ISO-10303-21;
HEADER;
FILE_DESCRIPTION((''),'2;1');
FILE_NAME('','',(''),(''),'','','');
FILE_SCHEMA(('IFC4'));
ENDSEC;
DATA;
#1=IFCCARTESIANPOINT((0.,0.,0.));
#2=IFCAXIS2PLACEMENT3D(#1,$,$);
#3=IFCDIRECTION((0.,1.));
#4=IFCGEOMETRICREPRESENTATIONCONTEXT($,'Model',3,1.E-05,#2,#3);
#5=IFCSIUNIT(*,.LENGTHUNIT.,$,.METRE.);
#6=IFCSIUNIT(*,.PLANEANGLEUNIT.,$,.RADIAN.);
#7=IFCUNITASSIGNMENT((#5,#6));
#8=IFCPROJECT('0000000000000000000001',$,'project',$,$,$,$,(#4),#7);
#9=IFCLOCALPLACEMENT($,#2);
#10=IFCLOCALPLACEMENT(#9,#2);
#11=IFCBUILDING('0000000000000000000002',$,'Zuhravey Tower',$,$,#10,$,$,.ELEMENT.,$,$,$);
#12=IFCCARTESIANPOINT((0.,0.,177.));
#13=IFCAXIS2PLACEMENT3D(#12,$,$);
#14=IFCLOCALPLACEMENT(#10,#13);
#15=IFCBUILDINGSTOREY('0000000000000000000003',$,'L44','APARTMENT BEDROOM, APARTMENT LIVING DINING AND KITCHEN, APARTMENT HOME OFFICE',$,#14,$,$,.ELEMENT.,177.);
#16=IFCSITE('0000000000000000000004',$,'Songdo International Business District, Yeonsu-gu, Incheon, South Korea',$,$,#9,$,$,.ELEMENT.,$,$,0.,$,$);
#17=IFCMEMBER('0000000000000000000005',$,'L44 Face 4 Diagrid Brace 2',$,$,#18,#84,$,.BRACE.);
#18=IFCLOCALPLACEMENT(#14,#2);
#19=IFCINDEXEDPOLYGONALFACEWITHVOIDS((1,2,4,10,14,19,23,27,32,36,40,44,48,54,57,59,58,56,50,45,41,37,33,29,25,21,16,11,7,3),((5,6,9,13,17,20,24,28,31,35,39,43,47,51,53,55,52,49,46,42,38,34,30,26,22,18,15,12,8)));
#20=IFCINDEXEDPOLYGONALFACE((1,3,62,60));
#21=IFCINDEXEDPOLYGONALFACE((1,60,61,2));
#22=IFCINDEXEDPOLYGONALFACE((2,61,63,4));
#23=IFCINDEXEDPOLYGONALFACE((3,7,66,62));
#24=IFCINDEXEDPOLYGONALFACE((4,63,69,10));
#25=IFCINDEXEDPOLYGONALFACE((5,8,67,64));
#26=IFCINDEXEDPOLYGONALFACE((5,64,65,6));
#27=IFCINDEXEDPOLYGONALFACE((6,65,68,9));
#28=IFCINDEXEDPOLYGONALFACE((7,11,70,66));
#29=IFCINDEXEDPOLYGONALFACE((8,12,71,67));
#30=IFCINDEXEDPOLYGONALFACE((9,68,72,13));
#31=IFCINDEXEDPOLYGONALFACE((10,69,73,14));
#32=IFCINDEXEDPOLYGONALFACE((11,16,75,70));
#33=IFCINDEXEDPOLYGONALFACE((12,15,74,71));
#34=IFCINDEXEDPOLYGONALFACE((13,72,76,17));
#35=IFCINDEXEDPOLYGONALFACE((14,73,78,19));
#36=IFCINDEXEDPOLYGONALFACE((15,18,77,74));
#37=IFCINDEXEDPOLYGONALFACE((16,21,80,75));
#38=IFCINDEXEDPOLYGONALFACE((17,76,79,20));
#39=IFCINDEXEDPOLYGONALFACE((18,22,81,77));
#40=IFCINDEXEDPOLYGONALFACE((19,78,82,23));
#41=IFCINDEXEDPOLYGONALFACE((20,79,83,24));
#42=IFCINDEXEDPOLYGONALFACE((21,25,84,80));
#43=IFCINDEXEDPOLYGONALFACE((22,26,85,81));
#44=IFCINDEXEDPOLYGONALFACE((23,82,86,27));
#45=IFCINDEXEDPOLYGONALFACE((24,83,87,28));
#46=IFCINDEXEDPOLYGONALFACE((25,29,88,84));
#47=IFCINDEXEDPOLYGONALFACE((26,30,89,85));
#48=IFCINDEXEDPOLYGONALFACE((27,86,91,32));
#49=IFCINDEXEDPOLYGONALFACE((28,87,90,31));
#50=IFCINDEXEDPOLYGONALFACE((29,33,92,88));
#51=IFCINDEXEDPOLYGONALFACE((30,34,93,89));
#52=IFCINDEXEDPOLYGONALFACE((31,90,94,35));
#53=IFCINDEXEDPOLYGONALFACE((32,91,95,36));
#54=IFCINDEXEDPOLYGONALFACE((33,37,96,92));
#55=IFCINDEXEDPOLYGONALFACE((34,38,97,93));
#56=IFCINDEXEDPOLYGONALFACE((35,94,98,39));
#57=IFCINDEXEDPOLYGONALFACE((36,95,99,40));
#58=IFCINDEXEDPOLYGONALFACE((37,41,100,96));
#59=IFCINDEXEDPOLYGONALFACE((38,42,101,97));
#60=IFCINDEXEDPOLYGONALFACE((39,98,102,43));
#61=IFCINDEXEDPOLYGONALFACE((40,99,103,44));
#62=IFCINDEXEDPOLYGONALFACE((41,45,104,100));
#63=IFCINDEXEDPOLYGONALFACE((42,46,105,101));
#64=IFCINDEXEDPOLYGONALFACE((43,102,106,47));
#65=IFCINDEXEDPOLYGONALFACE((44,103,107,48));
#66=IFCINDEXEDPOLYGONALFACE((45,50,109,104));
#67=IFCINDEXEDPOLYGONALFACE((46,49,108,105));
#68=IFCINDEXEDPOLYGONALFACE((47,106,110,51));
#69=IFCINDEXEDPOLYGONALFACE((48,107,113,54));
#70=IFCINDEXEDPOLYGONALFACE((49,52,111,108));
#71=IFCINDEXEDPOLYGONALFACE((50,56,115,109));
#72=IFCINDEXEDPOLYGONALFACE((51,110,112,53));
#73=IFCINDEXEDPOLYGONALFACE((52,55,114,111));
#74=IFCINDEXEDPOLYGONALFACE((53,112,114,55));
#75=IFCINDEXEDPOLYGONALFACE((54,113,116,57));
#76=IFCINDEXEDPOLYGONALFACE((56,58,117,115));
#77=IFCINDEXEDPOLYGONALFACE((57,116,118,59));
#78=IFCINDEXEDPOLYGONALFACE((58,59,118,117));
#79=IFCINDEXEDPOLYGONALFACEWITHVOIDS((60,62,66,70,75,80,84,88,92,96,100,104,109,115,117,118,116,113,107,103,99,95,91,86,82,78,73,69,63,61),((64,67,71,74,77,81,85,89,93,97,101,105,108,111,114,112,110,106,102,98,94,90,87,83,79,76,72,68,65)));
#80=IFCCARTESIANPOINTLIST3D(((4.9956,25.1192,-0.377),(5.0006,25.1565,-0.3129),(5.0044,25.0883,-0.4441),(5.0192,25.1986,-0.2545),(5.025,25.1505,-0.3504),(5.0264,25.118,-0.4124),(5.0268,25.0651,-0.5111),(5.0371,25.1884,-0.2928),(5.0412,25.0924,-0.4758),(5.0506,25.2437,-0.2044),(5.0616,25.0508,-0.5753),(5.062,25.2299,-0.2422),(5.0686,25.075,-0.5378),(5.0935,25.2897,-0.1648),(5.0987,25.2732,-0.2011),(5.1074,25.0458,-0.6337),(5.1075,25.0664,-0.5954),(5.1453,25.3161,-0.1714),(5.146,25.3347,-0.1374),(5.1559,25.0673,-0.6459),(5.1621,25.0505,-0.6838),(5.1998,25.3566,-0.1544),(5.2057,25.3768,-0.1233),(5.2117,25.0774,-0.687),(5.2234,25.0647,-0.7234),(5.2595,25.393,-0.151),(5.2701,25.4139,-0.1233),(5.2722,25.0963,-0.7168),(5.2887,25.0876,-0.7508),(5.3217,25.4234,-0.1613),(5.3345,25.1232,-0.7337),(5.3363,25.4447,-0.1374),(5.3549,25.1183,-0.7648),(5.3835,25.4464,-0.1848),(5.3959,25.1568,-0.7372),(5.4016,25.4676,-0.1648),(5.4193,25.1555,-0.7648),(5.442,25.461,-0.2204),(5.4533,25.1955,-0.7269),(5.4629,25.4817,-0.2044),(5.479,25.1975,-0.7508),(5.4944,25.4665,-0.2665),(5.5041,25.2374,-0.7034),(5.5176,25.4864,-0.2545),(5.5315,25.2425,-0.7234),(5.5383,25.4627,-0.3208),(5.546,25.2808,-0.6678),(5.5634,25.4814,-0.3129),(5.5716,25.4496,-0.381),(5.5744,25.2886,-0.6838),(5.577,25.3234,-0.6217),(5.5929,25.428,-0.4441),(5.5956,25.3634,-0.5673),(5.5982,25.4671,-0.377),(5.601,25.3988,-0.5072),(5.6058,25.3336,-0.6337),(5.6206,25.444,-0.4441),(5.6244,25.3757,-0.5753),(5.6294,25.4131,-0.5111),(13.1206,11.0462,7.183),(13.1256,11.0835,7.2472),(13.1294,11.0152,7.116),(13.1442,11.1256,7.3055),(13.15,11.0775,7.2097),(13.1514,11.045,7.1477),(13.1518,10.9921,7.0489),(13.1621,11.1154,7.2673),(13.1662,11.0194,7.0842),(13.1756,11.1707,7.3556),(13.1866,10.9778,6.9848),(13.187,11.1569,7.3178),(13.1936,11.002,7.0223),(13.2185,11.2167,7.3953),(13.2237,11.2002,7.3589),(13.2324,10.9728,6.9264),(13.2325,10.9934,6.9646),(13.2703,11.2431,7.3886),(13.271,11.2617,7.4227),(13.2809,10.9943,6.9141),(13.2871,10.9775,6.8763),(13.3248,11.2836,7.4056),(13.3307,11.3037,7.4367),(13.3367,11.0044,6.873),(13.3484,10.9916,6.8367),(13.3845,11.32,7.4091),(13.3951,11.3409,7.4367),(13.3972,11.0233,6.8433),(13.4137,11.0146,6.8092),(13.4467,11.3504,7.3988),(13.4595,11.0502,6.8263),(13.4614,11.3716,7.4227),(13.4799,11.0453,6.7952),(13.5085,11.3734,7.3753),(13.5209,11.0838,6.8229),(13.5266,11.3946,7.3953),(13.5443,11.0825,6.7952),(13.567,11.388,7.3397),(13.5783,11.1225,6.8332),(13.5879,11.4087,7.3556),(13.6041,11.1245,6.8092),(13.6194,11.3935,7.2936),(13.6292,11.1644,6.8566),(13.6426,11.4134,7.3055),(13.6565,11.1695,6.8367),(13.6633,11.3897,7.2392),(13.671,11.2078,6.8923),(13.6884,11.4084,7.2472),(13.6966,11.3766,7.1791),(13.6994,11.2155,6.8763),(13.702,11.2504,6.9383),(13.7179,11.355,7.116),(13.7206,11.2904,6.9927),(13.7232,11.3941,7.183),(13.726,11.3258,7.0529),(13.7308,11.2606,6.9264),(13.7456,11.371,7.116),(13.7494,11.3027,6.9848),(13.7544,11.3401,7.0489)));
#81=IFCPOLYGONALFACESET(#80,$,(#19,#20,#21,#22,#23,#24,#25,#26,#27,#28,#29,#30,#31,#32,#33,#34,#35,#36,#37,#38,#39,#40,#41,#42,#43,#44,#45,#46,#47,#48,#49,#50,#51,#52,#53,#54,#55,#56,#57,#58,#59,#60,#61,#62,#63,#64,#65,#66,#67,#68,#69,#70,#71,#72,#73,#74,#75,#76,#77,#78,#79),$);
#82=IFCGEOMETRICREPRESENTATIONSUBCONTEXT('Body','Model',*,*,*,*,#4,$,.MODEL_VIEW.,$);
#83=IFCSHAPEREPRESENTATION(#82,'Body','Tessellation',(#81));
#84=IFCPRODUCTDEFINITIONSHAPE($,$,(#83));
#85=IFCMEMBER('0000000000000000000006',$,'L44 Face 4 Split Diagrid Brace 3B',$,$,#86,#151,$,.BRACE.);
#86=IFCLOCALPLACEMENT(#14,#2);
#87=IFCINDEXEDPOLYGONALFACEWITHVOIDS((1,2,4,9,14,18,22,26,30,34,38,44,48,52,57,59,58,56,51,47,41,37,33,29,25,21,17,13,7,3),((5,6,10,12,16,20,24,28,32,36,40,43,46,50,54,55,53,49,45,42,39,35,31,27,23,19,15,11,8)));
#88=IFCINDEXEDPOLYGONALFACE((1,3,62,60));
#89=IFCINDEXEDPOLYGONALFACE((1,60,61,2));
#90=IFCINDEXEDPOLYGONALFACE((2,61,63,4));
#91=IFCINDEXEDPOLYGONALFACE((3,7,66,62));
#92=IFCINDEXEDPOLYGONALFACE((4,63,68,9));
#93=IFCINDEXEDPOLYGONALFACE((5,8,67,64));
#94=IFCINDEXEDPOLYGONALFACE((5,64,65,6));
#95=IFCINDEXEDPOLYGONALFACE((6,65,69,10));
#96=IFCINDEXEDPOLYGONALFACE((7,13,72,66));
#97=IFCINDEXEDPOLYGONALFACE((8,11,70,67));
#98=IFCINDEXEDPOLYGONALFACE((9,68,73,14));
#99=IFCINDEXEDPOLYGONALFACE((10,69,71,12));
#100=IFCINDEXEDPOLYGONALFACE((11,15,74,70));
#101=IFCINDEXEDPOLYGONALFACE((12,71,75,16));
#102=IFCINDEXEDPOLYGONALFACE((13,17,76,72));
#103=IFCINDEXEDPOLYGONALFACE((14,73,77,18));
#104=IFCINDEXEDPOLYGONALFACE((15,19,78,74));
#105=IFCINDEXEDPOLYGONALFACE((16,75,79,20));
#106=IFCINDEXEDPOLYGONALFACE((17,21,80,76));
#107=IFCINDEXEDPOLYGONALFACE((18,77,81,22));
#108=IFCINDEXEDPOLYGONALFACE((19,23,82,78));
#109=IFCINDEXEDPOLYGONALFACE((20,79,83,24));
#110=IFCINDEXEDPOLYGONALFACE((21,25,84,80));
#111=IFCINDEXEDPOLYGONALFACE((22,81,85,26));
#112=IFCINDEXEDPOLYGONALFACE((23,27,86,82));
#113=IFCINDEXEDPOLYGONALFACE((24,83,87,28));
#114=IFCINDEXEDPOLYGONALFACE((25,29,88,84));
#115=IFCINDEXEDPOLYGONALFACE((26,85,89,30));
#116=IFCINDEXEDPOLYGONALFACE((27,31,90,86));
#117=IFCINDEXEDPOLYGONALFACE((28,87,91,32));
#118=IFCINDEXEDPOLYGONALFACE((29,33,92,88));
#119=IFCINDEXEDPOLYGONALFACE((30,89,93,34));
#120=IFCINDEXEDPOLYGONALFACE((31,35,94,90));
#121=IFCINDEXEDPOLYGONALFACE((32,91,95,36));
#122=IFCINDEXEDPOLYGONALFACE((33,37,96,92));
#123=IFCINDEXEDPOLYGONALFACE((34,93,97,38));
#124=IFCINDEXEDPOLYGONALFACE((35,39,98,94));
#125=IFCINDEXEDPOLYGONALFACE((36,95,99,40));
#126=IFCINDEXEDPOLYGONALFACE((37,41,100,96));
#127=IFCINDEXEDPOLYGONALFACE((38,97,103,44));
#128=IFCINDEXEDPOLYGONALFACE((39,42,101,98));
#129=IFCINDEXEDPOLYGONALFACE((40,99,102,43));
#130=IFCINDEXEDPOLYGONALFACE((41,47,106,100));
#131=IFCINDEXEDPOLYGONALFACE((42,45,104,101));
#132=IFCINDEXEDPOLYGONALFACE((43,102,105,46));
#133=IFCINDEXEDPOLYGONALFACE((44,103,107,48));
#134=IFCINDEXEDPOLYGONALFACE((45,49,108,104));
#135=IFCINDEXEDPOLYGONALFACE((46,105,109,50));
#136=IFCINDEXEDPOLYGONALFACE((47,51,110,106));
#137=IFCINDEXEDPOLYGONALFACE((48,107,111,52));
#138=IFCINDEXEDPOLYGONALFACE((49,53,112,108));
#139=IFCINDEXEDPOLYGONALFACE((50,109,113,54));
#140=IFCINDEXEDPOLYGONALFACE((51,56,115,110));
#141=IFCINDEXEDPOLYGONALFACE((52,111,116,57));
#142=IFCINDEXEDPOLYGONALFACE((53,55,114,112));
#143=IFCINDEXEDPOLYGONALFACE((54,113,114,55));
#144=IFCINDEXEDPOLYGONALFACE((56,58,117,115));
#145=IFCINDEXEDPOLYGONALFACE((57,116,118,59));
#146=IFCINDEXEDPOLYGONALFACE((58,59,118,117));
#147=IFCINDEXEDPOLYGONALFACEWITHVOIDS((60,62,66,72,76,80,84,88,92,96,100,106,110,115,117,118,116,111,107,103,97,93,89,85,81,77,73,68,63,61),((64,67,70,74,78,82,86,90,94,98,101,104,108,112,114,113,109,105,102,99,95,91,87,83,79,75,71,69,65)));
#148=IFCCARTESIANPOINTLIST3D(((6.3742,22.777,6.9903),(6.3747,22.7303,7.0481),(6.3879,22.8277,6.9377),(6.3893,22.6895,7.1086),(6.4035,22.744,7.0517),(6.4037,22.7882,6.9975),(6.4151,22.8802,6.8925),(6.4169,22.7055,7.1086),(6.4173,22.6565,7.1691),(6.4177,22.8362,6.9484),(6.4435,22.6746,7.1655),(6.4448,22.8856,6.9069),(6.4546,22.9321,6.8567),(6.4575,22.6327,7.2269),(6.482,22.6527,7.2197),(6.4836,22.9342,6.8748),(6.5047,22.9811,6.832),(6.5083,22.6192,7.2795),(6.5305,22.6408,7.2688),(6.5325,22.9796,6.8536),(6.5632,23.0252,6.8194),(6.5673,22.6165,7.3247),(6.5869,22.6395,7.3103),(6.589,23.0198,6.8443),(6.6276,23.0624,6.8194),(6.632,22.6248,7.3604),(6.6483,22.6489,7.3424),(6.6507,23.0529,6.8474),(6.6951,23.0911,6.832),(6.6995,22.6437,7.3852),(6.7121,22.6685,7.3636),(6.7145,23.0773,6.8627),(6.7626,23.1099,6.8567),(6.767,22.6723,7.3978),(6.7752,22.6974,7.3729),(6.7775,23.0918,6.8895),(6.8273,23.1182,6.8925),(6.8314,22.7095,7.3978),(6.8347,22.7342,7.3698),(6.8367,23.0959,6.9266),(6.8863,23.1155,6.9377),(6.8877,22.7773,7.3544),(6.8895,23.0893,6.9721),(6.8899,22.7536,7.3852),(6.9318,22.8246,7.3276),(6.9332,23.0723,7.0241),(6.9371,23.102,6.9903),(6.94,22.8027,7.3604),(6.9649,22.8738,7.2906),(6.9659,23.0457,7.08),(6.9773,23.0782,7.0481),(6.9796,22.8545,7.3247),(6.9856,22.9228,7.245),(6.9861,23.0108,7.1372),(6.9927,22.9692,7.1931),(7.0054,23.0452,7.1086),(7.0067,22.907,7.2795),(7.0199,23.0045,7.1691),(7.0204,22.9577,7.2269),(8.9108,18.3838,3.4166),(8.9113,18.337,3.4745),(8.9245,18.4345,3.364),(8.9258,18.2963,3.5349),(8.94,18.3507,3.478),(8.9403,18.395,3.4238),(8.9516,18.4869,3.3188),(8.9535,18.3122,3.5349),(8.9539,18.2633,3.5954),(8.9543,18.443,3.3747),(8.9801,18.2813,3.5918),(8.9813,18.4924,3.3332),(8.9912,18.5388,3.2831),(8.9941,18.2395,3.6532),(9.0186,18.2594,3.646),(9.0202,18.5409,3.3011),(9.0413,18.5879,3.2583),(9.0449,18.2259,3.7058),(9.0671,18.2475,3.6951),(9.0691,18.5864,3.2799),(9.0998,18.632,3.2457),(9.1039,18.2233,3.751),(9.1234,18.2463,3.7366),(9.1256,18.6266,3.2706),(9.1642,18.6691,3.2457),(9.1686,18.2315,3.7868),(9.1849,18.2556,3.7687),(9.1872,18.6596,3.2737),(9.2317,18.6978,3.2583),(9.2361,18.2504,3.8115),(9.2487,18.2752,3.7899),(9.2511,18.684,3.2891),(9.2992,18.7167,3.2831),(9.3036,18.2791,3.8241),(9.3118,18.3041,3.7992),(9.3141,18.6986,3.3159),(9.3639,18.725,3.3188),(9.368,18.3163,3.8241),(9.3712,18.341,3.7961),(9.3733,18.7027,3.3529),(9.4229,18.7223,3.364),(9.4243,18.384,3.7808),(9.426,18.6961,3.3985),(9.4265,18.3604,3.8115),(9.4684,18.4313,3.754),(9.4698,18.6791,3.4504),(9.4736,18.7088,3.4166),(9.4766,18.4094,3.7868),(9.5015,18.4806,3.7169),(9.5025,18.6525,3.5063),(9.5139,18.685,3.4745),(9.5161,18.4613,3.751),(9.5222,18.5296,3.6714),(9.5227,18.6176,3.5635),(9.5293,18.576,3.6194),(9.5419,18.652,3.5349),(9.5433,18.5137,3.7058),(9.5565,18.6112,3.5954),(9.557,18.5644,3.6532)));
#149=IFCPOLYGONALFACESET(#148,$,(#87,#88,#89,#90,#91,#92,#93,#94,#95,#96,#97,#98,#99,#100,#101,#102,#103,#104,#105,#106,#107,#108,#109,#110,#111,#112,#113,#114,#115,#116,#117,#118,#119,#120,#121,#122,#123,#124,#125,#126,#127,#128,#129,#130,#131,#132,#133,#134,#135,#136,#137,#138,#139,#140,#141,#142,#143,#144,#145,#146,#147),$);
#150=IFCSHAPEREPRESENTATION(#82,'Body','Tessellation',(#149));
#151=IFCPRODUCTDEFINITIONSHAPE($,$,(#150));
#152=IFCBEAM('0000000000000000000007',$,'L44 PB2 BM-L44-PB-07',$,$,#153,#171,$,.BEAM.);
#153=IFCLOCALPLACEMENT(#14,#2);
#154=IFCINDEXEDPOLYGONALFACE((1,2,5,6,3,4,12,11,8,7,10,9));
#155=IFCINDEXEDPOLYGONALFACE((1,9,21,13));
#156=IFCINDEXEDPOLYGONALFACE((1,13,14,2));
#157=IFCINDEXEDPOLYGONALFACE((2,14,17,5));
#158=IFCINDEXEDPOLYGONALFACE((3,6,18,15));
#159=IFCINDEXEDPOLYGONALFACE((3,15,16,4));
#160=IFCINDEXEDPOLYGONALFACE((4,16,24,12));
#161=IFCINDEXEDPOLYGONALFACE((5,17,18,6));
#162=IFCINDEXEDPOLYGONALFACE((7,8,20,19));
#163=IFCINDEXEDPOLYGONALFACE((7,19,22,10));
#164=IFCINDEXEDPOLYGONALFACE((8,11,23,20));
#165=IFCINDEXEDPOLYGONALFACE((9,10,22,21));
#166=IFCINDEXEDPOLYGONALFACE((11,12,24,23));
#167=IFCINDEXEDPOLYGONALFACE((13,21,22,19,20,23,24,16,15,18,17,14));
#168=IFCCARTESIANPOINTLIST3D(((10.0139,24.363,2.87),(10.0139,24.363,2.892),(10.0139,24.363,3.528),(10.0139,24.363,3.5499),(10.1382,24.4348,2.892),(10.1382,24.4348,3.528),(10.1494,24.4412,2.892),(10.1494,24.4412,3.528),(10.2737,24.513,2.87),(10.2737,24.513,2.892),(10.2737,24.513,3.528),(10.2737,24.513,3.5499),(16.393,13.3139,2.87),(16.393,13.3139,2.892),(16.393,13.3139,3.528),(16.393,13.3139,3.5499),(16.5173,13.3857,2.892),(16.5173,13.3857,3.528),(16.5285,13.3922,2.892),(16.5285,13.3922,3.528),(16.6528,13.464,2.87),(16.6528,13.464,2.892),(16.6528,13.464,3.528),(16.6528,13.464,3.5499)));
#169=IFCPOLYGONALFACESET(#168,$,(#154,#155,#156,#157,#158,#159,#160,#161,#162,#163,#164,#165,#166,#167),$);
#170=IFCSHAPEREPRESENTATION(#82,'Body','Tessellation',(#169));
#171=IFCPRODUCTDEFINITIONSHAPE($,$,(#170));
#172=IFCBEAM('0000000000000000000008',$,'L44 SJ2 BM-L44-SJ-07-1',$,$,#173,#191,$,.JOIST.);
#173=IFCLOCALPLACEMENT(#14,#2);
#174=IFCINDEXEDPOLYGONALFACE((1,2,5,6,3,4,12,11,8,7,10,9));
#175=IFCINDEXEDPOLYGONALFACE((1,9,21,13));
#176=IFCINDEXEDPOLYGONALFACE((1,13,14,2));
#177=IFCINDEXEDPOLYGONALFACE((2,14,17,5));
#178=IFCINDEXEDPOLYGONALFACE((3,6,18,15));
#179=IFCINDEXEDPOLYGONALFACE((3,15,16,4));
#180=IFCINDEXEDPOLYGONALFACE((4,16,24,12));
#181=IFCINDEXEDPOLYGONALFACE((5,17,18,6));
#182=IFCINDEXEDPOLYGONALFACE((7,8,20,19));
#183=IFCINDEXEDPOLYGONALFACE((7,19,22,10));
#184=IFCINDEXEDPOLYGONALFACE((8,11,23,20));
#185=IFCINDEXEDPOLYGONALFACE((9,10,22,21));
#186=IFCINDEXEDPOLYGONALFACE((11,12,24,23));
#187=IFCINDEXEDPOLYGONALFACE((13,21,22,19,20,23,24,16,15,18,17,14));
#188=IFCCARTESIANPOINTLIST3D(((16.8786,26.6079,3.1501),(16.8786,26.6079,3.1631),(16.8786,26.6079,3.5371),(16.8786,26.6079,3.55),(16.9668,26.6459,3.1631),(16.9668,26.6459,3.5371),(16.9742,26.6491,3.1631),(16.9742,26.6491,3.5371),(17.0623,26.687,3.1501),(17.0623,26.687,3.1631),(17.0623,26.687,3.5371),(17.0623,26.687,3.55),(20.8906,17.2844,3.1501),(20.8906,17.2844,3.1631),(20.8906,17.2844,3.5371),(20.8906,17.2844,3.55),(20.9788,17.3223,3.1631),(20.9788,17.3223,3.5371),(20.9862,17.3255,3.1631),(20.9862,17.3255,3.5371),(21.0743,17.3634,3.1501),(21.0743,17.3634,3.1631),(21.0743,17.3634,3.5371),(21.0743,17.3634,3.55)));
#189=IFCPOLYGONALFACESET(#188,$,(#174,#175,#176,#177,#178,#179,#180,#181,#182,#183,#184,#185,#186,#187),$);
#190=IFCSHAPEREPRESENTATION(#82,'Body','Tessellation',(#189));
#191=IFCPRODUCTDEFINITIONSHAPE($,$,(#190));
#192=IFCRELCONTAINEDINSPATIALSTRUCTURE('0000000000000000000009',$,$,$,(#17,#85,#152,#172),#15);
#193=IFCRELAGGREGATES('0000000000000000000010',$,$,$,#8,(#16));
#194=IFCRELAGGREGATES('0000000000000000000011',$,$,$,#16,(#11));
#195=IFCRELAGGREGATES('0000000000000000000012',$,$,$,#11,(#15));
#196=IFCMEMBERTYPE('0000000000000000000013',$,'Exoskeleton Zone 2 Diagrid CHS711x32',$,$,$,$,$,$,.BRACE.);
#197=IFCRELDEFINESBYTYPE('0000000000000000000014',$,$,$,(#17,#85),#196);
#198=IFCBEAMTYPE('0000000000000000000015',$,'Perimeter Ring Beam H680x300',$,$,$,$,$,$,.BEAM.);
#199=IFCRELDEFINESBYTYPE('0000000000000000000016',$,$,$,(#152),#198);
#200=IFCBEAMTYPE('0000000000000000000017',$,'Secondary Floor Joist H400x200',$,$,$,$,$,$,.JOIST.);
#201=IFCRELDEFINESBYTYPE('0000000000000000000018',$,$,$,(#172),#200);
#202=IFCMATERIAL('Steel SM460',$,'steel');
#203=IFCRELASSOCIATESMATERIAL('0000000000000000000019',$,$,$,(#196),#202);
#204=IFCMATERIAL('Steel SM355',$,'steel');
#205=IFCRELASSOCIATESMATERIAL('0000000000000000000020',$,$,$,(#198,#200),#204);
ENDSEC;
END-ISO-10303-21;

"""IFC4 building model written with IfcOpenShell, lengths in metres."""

from ifc_helpers import new_model, si_unit, direction, frame, origin, origin_2d, place, context, subcontext, project, spatial, hollow_circle, i_section, extrude, material, material_profile, profile_set, type_object, element, save


model = new_model("IFC4")

# Units and contexts
model_context = context("Model", 3, precision=1e-05, world=origin(), true_north=direction((0.0, 1.0)))
body_context = subcontext(model_context, "Body", "Model", "MODEL_VIEW")
ifc_project = project(units=[si_unit("LENGTHUNIT", "METRE"), si_unit("PLANEANGLEUNIT", "RADIAN")], contexts=[model_context])

# Site, building, storey
site_placement = place(None, origin())
site = spatial("IfcSite", under=ifc_project, at=site_placement, Name="Songdo International Business District, Yeonsu-gu, Incheon, South Korea", CompositionType="ELEMENT", RefElevation=0.0)
building_placement = place(site_placement, origin())
building = spatial("IfcBuilding", under=site, at=building_placement, Name="Zuhravey Tower", CompositionType="ELEMENT")
storey_placement = place(building_placement, frame((0.0, 0.0, 177.0)))
storey = spatial("IfcBuildingStorey", under=building, at=storey_placement, Name="L44", Description="APARTMENT BEDROOM, APARTMENT LIVING DINING AND KITCHEN, APARTMENT HOME OFFICE", CompositionType="ELEMENT", Elevation=177.0)

# Members
ifc_material_1 = material(Name="Steel SM355", Category="steel")
ifc_material_2 = material(Name="Steel SM460", Category="steel")
ifc_material_profile_1 = material_profile(ifc_material_2, hollow_circle(Radius=0.3557, WallThickness=0.032, at=origin_2d()), Name="CHS-711.2x32")
ifc_profile_set_1 = profile_set([ifc_material_profile_1], Name="Steel SM460")
member_type_1 = type_object("IfcMemberType", Name="Exoskeleton Zone 2 Diagrid CHS711x32", PredefinedType="BRACE", material=ifc_profile_set_1)
member_1_placement = place(storey_placement, frame((5.3125, 25.2661, -0.4441), z_axis=(0.453338, -0.78521, 0.421817), x_axis=(0.866027, 0.499998, 0.0)))
element("IfcMember", 1, at=member_1_placement, inside=storey, type_object=member_type_1, Name="L44 Face 4 Diagrid Brace 2", PredefinedType="BRACE", context=body_context, shape_type="SweptSolid", body=[
    extrude(hollow_circle(Radius=0.3557, WallThickness=0.032, at=origin_2d()), origin(), (0.0, 0.0, 1.0), 17.9226),
])
member_2_placement = place(storey_placement, frame((9.2339, 18.4741, 3.5349), z_axis=(-0.408775, 0.70798, 0.575905), x_axis=(-0.866013, -0.500021, 0.0)))
element("IfcMember", 2, at=member_2_placement, inside=storey, type_object=member_type_1, Name="L44 Face 4 Split Diagrid Brace 3B", PredefinedType="BRACE", context=body_context, shape_type="SweptSolid", body=[
    extrude(hollow_circle(Radius=0.3557, WallThickness=0.032, at=origin_2d()), origin(), (0.0, 0.0, 1.0), 6.2053),
])

# Beams
ifc_material_profile_2 = material_profile(ifc_material_1, i_section(OverallWidth=0.3, OverallDepth=0.6799, WebThickness=0.0129, FlangeThickness=0.022, at=origin_2d()), Name="H-680x300x13x22")
ifc_profile_set_2 = profile_set([ifc_material_profile_2], Name="Steel SM355")
beam_type_1 = type_object("IfcBeamType", Name="Perimeter Ring Beam H680x300", PredefinedType="BEAM", material=ifc_profile_set_2)
beam_1_placement = place(storey_placement, frame((10.1438, 24.438, 3.21), z_axis=(0.499998, -0.866027, 0.0), x_axis=(0.866027, 0.499998, 0.0)))
element("IfcBeam", 3, at=beam_1_placement, inside=storey, type_object=beam_type_1, Name="L44 PB2 BM-L44-PB-07", PredefinedType="BEAM", context=body_context, shape_type="SweptSolid", body=[
    extrude(i_section(OverallWidth=0.3, OverallDepth=0.6799, WebThickness=0.0129, FlangeThickness=0.022, at=origin_2d()), origin(), (0.0, 0.0, 1.0), 12.7583),
])
ifc_material_profile_3 = material_profile(ifc_material_1, i_section(OverallWidth=0.2, OverallDepth=0.3999, WebThickness=0.0081, FlangeThickness=0.0129, at=origin_2d()), Name="H-400x200x8x13")
ifc_profile_set_3 = profile_set([ifc_material_profile_3], Name="Steel SM355")
beam_type_2 = type_object("IfcBeamType", Name="Secondary Floor Joist H400x200", PredefinedType="JOIST", material=ifc_profile_set_3)
beam_2_placement = place(storey_placement, frame((16.9705, 26.6475, 3.3501), z_axis=(0.395266, -0.918567, 0.0), x_axis=(0.918567, 0.395266, 0.0)))
element("IfcBeam", 4, at=beam_2_placement, inside=storey, type_object=beam_type_2, Name="L44 SJ2 BM-L44-SJ-07-1", PredefinedType="JOIST", context=body_context, shape_type="SweptSolid", body=[
    extrude(i_section(OverallWidth=0.2, OverallDepth=0.3999, WebThickness=0.0081, FlangeThickness=0.0129, at=origin_2d()), origin(), (0.0, 0.0, 1.0), 10.1501),
])

save(model, "model.ifc")
